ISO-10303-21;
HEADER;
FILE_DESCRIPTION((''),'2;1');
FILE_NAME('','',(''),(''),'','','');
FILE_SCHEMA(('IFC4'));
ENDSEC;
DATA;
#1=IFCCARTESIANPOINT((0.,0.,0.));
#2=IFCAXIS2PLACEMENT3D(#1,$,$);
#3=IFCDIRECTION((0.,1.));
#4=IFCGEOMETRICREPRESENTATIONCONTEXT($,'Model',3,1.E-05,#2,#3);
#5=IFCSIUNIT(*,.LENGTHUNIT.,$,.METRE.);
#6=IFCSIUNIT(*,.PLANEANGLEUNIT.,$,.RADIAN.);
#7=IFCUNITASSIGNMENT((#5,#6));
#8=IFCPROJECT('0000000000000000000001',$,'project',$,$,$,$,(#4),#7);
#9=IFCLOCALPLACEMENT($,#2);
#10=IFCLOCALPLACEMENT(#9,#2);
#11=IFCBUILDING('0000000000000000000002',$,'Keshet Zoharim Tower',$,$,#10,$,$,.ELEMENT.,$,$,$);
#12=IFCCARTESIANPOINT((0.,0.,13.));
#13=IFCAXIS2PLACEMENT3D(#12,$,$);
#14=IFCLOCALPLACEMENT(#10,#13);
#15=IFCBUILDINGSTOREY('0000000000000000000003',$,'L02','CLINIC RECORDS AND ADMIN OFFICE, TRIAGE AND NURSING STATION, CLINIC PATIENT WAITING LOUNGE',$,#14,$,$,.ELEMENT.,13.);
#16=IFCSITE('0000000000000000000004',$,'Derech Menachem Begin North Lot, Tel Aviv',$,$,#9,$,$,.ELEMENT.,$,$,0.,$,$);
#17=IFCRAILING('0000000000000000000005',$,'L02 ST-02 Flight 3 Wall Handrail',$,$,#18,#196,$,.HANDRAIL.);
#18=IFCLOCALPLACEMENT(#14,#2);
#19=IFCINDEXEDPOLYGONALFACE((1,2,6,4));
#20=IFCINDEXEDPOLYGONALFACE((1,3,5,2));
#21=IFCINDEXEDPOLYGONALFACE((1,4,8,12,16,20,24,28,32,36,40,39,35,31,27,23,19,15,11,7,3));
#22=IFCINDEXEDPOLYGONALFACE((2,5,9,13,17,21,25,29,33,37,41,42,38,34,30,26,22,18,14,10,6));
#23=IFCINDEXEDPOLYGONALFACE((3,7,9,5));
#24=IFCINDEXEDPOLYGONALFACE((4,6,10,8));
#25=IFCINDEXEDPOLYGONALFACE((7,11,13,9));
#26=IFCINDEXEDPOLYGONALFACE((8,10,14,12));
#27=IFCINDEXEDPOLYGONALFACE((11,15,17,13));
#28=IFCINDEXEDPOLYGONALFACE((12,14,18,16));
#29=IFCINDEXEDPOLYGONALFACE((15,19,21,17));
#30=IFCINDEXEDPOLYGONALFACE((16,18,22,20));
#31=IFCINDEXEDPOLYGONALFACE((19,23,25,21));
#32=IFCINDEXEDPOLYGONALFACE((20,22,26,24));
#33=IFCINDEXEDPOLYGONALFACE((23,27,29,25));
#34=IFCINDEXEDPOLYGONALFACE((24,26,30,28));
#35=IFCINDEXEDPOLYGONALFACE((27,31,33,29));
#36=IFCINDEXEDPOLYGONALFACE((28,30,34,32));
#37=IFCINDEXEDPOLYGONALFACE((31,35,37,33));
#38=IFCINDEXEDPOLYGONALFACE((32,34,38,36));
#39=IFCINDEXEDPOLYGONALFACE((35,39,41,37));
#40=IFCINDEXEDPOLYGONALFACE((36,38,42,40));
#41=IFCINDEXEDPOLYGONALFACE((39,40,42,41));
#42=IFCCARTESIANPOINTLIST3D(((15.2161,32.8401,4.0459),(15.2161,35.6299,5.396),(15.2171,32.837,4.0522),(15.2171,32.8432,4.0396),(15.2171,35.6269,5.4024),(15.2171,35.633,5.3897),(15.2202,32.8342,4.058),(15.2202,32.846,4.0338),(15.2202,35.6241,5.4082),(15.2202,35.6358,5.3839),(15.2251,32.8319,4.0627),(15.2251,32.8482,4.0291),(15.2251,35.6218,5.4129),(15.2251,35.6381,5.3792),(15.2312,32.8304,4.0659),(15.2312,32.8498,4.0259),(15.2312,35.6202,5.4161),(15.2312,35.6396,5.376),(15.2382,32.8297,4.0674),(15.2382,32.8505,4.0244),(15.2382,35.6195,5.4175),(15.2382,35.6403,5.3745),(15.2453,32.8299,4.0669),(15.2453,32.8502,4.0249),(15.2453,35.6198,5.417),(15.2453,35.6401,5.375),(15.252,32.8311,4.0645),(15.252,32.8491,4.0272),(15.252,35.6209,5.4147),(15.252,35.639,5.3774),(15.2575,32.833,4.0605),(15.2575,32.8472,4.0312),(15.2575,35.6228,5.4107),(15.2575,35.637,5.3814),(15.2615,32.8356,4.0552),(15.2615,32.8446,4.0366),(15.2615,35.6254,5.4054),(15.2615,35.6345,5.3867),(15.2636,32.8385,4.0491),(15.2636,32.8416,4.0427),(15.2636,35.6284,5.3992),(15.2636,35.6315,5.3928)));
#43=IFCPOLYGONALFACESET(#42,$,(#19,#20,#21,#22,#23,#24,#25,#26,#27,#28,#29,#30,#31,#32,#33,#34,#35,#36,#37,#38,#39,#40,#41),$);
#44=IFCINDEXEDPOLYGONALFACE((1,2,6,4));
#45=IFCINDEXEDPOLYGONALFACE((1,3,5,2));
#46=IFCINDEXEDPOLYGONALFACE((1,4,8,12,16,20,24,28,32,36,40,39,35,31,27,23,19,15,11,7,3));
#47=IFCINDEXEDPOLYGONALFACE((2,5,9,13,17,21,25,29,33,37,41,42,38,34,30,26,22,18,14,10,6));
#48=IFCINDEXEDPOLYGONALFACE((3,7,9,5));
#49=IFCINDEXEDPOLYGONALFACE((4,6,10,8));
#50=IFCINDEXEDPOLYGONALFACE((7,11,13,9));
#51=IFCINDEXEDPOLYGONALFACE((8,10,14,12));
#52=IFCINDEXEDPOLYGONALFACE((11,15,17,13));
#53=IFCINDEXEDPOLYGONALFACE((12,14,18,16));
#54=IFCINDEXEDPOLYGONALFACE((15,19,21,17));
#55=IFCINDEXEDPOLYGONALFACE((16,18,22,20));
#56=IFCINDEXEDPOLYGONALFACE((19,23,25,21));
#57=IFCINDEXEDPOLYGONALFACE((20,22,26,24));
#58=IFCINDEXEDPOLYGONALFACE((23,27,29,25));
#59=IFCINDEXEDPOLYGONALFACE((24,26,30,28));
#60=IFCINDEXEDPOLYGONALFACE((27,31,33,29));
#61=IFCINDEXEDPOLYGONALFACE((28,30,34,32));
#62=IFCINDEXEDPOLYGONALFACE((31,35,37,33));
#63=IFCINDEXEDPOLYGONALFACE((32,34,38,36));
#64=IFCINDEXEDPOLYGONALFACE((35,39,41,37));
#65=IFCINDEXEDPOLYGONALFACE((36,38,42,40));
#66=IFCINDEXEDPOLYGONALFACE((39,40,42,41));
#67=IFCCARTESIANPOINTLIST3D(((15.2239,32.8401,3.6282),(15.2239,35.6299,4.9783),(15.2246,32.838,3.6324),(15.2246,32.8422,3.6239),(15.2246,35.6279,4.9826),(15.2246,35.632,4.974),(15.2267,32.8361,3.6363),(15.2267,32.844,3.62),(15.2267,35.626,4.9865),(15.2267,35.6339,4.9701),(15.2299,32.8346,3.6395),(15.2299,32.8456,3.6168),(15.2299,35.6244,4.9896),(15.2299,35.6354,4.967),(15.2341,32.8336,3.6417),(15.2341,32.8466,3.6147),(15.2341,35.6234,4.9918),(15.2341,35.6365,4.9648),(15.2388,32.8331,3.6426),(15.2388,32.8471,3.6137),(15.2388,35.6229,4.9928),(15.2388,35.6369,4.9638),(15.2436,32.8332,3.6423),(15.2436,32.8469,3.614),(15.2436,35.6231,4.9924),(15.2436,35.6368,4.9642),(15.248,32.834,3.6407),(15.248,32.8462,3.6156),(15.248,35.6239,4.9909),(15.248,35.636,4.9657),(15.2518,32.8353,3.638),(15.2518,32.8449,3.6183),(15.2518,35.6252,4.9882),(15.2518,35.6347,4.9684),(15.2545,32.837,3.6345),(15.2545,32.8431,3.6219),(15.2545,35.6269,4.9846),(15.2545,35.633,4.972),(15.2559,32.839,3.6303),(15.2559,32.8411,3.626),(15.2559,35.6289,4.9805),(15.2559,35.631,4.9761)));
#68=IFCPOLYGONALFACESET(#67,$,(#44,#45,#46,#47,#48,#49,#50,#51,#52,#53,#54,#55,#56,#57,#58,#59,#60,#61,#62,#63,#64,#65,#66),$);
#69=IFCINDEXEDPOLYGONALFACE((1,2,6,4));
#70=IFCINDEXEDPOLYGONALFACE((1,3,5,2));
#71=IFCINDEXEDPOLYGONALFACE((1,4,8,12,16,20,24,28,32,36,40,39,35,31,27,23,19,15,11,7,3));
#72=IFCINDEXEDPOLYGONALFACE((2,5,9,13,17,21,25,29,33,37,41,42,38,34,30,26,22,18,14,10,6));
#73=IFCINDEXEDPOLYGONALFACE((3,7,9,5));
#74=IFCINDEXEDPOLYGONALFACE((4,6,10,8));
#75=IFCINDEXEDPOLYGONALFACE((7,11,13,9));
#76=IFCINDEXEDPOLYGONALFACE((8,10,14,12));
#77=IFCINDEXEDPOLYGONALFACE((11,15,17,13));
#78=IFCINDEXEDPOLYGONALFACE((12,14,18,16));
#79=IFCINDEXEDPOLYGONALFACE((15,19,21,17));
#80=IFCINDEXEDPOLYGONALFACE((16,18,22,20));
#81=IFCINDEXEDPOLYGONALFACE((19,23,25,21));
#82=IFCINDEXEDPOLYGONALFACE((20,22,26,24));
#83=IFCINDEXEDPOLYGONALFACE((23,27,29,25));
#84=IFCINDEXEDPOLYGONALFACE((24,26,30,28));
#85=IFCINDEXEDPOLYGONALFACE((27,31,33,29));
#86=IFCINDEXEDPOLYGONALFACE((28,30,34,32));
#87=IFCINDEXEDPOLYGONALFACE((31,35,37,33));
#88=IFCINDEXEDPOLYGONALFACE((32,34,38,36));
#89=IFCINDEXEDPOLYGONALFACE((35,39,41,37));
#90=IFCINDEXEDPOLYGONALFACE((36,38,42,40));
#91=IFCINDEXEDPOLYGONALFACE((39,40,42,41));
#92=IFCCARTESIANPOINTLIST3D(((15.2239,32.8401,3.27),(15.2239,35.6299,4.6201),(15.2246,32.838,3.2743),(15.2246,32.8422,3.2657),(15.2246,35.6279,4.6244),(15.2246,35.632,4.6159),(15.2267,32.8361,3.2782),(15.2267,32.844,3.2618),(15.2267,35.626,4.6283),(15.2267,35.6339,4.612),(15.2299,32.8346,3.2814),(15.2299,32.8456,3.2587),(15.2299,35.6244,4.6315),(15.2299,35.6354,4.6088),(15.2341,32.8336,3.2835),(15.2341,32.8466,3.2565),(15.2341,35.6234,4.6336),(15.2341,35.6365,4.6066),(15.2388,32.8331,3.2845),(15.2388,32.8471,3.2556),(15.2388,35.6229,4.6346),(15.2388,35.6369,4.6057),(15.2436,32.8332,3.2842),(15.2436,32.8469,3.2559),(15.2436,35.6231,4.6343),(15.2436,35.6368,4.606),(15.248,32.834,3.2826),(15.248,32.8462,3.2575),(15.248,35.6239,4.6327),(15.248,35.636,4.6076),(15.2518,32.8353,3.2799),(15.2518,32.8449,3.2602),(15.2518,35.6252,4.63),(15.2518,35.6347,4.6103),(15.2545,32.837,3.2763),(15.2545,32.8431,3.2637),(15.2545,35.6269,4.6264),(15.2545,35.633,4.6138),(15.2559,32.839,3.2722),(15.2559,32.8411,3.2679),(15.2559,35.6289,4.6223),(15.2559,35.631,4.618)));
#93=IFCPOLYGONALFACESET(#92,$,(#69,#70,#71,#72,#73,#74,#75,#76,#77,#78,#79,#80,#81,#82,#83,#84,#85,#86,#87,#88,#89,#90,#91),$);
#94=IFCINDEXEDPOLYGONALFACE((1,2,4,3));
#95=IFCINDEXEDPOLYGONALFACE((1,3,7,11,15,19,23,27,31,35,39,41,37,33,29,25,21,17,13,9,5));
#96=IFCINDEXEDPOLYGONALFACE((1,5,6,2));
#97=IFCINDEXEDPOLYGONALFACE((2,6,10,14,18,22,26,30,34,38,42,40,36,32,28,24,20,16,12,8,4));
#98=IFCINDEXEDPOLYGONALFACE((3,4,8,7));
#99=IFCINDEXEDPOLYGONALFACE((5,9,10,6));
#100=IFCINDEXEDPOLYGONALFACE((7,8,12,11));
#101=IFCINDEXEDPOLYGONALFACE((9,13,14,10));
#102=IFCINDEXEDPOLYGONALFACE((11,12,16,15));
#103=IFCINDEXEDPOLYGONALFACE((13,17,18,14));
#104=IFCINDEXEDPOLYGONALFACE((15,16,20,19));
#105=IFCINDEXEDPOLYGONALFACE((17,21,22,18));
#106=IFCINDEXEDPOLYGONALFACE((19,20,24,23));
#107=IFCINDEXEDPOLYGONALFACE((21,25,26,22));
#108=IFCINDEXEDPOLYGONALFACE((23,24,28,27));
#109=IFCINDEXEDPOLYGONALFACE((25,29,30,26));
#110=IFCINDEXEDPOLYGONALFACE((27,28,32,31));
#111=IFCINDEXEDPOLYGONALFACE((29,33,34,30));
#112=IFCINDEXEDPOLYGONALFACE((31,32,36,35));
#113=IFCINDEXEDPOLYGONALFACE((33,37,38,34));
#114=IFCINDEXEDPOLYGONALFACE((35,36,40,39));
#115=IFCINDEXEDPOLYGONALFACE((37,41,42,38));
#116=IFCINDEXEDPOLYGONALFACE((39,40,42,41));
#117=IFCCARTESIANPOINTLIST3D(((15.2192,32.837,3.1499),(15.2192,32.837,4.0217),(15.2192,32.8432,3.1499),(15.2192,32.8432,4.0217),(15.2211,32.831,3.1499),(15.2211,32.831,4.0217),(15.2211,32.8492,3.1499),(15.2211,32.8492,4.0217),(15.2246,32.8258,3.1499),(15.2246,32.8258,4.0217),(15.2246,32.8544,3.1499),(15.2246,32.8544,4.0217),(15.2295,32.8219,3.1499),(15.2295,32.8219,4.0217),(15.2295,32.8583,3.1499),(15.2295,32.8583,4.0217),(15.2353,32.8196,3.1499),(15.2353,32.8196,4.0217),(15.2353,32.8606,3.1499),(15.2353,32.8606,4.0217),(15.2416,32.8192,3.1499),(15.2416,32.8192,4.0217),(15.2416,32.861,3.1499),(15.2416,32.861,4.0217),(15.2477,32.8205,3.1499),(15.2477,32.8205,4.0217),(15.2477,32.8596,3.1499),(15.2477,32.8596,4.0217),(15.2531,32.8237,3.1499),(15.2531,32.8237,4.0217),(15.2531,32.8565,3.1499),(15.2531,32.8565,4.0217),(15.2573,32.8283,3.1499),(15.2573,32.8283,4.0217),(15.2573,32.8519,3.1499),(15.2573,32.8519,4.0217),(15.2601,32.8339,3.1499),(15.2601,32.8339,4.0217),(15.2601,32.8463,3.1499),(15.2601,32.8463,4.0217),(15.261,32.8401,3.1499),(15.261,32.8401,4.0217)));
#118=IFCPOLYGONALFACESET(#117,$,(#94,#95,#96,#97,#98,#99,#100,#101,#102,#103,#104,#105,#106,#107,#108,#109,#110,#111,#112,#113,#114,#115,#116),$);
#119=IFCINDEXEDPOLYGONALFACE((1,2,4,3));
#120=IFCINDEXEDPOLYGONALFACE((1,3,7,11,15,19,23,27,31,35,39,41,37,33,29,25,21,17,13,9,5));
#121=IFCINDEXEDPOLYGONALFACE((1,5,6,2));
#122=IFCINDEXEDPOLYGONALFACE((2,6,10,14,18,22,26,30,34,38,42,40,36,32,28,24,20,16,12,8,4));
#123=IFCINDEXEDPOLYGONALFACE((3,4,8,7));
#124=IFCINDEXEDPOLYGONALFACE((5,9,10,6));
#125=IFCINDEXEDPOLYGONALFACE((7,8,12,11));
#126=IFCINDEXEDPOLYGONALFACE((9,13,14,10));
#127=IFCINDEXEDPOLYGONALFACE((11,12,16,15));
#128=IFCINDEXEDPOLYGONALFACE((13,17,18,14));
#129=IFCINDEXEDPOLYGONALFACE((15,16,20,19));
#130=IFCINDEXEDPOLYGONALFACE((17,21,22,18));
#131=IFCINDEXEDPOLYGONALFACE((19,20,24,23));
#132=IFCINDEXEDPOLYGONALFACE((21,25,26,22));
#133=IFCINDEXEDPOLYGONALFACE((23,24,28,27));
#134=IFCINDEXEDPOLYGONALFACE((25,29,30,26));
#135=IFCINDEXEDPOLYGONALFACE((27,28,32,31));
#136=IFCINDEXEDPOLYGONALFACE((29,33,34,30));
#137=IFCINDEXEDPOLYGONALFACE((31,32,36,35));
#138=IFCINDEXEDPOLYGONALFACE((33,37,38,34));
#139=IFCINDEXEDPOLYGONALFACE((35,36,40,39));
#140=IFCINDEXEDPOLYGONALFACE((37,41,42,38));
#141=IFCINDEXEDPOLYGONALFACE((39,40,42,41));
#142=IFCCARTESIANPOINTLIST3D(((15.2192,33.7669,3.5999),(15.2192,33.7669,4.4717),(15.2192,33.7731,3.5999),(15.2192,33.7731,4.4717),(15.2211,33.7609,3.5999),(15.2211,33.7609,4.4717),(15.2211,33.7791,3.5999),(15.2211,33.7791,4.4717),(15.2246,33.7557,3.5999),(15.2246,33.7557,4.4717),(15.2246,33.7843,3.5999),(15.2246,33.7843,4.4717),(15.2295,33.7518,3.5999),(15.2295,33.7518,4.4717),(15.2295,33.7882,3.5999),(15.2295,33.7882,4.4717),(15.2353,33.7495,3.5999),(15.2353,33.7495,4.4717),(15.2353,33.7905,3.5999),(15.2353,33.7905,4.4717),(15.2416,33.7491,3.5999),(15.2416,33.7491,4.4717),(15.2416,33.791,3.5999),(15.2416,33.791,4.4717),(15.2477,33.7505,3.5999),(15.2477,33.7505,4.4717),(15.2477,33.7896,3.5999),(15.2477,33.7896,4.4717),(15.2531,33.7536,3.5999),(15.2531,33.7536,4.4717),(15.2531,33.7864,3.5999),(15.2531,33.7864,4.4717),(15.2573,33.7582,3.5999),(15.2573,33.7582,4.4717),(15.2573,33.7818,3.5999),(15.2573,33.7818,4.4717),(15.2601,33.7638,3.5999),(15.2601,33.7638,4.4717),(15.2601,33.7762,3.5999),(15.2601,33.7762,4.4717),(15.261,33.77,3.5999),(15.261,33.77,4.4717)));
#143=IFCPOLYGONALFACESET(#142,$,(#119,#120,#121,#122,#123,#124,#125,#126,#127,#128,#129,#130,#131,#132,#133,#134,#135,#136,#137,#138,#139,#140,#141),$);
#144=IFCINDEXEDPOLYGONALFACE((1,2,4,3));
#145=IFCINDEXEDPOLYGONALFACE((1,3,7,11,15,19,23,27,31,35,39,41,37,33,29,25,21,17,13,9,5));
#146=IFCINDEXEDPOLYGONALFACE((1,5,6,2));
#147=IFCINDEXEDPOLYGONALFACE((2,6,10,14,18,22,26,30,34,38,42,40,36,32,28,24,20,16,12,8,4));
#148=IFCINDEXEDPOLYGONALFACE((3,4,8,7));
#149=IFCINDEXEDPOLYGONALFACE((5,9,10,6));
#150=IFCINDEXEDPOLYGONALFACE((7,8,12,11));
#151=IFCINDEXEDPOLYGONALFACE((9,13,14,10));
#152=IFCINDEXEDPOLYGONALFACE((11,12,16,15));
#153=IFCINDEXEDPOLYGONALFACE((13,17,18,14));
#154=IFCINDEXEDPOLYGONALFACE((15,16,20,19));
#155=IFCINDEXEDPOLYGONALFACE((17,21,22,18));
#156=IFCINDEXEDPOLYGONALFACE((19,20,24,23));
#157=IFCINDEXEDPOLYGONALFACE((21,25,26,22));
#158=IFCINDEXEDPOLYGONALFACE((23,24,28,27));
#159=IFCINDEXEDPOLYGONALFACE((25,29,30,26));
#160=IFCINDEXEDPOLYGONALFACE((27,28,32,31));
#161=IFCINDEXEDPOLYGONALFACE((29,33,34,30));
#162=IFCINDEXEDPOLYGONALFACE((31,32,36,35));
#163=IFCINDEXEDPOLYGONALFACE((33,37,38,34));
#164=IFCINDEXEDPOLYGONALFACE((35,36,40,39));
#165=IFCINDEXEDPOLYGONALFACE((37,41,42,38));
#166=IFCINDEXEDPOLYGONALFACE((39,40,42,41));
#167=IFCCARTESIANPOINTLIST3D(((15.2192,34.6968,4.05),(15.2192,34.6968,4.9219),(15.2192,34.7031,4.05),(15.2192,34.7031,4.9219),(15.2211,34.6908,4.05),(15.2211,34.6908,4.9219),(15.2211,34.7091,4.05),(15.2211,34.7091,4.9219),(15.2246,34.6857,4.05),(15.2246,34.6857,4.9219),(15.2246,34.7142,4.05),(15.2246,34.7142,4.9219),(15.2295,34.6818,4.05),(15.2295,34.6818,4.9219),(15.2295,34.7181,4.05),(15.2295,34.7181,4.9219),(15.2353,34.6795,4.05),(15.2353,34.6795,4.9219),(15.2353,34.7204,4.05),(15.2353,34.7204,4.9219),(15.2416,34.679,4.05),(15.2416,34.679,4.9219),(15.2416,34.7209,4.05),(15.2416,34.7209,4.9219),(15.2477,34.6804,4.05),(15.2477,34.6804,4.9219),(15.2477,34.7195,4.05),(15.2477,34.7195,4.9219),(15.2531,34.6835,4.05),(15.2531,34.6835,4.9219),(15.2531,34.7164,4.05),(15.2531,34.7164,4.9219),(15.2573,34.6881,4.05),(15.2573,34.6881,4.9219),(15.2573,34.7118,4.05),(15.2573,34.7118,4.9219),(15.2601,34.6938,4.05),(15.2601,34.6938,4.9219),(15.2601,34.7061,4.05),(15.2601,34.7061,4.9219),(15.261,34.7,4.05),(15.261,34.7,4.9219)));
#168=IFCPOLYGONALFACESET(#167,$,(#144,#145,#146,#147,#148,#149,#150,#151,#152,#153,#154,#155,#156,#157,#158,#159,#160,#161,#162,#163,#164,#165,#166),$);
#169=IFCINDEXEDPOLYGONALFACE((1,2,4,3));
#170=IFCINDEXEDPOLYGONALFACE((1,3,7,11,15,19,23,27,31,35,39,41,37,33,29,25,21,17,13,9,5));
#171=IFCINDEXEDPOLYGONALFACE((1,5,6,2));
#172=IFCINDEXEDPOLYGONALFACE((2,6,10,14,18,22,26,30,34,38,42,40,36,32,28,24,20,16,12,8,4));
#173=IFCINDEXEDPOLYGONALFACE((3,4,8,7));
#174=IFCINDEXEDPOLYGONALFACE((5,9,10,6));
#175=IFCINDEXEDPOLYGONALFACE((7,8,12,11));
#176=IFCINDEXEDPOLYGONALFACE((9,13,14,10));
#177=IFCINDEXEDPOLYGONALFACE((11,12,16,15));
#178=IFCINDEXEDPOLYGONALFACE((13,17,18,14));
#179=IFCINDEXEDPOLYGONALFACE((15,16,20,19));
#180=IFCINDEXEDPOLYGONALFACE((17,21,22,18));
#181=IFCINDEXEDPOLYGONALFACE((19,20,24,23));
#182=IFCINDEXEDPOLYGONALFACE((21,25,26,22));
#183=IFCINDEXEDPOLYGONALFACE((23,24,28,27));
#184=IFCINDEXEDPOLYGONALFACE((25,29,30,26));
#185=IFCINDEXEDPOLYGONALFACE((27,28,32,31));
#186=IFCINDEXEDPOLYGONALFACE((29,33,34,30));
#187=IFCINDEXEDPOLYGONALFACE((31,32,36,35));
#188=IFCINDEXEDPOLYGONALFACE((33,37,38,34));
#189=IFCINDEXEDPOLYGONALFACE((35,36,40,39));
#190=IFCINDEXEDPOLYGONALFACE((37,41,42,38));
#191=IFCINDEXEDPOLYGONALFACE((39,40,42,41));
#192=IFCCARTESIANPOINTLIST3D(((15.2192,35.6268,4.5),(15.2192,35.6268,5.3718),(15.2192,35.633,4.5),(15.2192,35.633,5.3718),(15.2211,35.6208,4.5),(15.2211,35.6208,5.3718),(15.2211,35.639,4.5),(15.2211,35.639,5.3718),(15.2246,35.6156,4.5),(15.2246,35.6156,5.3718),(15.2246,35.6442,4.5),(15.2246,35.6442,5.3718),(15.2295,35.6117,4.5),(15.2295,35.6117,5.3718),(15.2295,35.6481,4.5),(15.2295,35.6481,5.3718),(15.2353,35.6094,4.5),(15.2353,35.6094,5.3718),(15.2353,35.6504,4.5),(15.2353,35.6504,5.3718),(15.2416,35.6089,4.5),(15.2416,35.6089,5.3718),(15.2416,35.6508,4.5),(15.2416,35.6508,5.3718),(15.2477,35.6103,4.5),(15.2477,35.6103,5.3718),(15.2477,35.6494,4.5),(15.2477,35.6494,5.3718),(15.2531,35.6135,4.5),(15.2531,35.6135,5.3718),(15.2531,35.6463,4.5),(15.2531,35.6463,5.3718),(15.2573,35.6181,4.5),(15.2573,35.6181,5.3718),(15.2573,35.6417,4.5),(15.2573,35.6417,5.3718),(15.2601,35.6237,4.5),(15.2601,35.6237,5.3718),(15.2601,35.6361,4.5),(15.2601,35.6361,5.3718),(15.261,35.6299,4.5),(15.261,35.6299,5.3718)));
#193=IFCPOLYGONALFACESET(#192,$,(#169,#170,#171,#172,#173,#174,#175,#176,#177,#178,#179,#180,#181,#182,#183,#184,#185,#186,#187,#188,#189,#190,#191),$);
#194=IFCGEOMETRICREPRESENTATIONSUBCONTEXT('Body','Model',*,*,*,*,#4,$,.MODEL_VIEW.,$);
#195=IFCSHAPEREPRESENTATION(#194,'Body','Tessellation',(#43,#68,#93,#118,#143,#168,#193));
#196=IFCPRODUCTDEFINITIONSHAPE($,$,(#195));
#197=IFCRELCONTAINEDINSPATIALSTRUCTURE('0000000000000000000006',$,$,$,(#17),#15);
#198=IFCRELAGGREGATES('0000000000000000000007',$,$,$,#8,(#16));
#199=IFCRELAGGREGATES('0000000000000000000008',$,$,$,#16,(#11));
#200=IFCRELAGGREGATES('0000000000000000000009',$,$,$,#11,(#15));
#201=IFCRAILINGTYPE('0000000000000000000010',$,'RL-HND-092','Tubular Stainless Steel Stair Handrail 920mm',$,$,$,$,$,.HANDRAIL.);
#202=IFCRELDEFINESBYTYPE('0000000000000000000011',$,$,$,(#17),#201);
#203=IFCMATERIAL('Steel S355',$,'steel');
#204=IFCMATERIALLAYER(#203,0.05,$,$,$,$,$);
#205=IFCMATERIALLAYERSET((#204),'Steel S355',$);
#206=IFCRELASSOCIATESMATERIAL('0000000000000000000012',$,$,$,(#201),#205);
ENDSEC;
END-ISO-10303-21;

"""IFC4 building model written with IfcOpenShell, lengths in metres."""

from ifc_helpers import new_model, si_unit, direction, frame, origin, origin_2d, place, context, subcontext, project, spatial, circle, extrude, material, layer, layer_set, type_object, element, save


model = new_model("IFC4")

# Units and contexts
model_context = context("Model", 3, precision=1e-05, world=origin(), true_north=direction((0.0, 1.0)))
body_context = subcontext(model_context, "Body", "Model", "MODEL_VIEW")
ifc_project = project(units=[si_unit("LENGTHUNIT", "METRE"), si_unit("PLANEANGLEUNIT", "RADIAN")], contexts=[model_context])

# Site, building, storey
site_placement = place(None, origin())
site = spatial("IfcSite", under=ifc_project, at=site_placement, Name="Derech Menachem Begin North Lot, Tel Aviv", CompositionType="ELEMENT", RefElevation=0.0)
building_placement = place(site_placement, origin())
building = spatial("IfcBuilding", under=site, at=building_placement, Name="Keshet Zoharim Tower", CompositionType="ELEMENT")
storey_placement = place(building_placement, frame((0.0, 0.0, 13.0)))
storey = spatial("IfcBuildingStorey", under=building, at=storey_placement, Name="L02", Description="CLINIC RECORDS AND ADMIN OFFICE, TRIAGE AND NURSING STATION, CLINIC PATIENT WAITING LOUNGE", CompositionType="ELEMENT", Elevation=13.0)

# Shared definitions
ifc_material_1 = material(Name="Steel S355", Category="steel")

# Railing
ifc_layer_1 = layer(ifc_material_1, 0.05)
ifc_layer_set_1 = layer_set([ifc_layer_1], Name="Steel S355")
railing_type_1 = type_object("IfcRailingType", Name="RL-HND-092", Description="Tubular Stainless Steel Stair Handrail 920mm", PredefinedType="HANDRAIL", material=ifc_layer_set_1)
for number, where, name in (
    (1, (15.24, 32.8401, 3.1499), "L02 ST-02 Flight 3 Wall Handrail"),
):
    element("IfcRailing", number, at=place(storey_placement, frame(where)), inside=storey, type_object=railing_type_1, Name=name, PredefinedType="HANDRAIL", context=body_context, shape_type="SweptSolid", body=[
        extrude(circle(Radius=0.0239, at=origin_2d()), frame((0.0, 0.0, 0.896), z_axis=(0.0, 0.900134, 0.435612), x_axis=(-1.0, 0.0, 0.0)), (0.0, 0.0, 1.0), 3.0994),
        extrude(circle(Radius=0.0161, at=origin_2d()), frame((0.0, 0.0, 0.4783), z_axis=(0.0, 0.900134, 0.435612), x_axis=(-1.0, 0.0, 0.0)), (0.0, 0.0, 1.0), 3.0994),
        extrude(circle(Radius=0.0161, at=origin_2d()), frame((0.0, 0.0, 0.1201), z_axis=(0.0, 0.900134, 0.435612), x_axis=(-1.0, 0.0, 0.0)), (0.0, 0.0, 1.0), 3.0994),
        extrude(circle(Radius=0.021, at=origin_2d()), origin(), (0.0, 0.0, 1.0), 0.8718),
        extrude(circle(Radius=0.021, at=origin_2d()), frame((0.0, 0.9299, 0.45)), (0.0, 0.0, 1.0), 0.8718),
        extrude(circle(Radius=0.021, at=origin_2d()), frame((0.0, 1.8599, 0.9001)), (0.0, 0.0, 1.0), 0.8718),
        extrude(circle(Radius=0.021, at=origin_2d()), frame((0.0, 2.7898, 1.3501)), (0.0, 0.0, 1.0), 0.8718),
    ])

save(model, "model.ifc")
